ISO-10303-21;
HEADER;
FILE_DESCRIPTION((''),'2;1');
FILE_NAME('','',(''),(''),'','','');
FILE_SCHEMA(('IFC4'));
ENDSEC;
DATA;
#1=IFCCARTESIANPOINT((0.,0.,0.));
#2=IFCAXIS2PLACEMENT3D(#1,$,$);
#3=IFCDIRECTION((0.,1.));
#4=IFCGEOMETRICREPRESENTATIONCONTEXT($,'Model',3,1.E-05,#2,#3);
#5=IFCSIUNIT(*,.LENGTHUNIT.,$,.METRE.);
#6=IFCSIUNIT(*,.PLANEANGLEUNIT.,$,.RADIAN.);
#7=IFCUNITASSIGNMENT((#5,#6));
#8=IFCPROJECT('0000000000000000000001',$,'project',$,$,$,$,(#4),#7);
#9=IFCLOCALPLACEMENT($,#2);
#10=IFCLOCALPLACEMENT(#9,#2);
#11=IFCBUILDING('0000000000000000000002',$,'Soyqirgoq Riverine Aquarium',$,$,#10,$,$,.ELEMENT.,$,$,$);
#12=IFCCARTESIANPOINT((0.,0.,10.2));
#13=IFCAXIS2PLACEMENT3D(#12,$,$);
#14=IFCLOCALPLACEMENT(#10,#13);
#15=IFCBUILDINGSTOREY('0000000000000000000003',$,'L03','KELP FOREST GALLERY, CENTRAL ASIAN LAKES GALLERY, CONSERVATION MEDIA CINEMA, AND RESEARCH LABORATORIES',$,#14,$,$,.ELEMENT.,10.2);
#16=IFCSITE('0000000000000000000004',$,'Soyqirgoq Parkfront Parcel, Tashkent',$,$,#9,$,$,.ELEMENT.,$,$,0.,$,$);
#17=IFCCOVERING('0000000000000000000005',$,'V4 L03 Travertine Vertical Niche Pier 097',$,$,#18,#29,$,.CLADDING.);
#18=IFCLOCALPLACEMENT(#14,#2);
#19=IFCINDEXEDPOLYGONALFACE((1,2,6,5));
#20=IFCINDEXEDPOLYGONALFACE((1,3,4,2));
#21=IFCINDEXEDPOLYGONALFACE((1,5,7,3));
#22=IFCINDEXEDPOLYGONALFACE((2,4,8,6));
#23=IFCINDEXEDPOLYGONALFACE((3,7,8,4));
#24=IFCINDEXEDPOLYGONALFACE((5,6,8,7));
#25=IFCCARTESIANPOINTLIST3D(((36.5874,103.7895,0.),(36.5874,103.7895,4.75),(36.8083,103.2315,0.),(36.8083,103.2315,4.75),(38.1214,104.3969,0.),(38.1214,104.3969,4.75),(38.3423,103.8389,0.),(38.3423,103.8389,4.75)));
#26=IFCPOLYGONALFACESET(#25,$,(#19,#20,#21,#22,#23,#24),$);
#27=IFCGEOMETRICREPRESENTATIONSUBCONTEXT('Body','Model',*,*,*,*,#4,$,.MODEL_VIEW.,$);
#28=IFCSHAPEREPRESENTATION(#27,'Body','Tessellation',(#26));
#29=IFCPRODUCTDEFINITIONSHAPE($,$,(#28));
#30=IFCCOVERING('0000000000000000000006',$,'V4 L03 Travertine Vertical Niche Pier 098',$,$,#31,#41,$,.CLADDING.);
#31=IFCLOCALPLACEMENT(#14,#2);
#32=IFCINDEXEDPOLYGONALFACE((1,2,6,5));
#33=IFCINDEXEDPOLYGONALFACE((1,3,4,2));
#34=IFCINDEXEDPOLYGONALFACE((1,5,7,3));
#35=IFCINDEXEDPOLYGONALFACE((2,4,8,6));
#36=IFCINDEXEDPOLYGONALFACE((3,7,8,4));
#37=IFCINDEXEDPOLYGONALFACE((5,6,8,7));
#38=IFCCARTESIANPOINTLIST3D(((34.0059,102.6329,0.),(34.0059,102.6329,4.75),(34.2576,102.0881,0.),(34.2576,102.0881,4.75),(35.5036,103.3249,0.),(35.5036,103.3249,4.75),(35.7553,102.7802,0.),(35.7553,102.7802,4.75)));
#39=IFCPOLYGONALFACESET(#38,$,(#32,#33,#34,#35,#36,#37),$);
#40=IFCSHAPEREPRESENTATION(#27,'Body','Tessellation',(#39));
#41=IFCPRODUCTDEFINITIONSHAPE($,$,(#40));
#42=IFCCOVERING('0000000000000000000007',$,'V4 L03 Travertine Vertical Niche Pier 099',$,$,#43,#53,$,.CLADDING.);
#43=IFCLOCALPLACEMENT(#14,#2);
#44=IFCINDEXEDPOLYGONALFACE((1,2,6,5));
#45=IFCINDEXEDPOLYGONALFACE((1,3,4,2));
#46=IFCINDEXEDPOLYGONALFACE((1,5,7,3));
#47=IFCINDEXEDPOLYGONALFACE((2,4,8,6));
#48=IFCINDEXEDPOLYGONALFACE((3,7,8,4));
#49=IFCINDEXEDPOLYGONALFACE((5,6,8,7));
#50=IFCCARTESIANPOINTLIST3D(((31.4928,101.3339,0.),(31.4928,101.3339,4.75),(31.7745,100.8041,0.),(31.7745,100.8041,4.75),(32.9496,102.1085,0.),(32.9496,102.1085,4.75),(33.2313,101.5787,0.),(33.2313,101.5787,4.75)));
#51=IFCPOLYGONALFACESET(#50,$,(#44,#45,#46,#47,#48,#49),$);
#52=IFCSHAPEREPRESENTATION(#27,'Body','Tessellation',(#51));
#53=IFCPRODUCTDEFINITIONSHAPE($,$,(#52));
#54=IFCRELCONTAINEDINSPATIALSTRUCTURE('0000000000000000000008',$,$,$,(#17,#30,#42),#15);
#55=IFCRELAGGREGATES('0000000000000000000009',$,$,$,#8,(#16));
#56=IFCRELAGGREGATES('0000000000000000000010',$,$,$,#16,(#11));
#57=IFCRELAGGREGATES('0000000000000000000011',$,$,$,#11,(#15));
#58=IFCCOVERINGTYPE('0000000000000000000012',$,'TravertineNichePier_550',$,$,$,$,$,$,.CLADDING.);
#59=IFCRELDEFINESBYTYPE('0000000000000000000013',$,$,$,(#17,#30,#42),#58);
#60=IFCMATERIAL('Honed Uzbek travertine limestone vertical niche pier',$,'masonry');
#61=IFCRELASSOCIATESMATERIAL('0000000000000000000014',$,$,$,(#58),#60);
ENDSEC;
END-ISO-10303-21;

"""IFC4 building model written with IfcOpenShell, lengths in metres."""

from ifc_helpers import new_model, si_unit, direction, frame, origin, origin_2d, place, context, subcontext, project, spatial, rectangle, extrude, material, type_object, element, save


model = new_model("IFC4")

# Units and contexts
model_context = context("Model", 3, precision=1e-05, world=origin(), true_north=direction((0.0, 1.0)))
body_context = subcontext(model_context, "Body", "Model", "MODEL_VIEW")
ifc_project = project(units=[si_unit("LENGTHUNIT", "METRE"), si_unit("PLANEANGLEUNIT", "RADIAN")], contexts=[model_context])

# Site, building, storey
site_placement = place(None, origin())
site = spatial("IfcSite", under=ifc_project, at=site_placement, Name="Soyqirgoq Parkfront Parcel, Tashkent", CompositionType="ELEMENT", RefElevation=0.0)
building_placement = place(site_placement, origin())
building = spatial("IfcBuilding", under=site, at=building_placement, Name="Soyqirgoq Riverine Aquarium", CompositionType="ELEMENT")
storey_placement = place(building_placement, frame((0.0, 0.0, 10.2)))
storey = spatial("IfcBuildingStorey", under=building, at=storey_placement, Name="L03", Description="KELP FOREST GALLERY, CENTRAL ASIAN LAKES GALLERY, CONSERVATION MEDIA CINEMA, AND RESEARCH LABORATORIES", CompositionType="ELEMENT", Elevation=10.2)

# Coverings
ifc_material_1 = material(Name="Honed Uzbek travertine limestone vertical niche pier", Category="masonry")
covering_type_1 = type_object("IfcCoveringType", Name="TravertineNichePier_550", PredefinedType="CLADDING", material=ifc_material_1)
for number, where, z_axis, x_axis, name in (
    (1, (37.4648, 103.8142, 0.0), (0.0, 0.0, 1.0), (-0.368125, 0.929776, 0.0), "V4 L03 Travertine Vertical Niche Pier 097"),
    (2, (34.8806, 102.7065, 0.0), (0.0, 0.0, 1.0), (-0.419452, 0.907777, 0.0), "V4 L03 Travertine Vertical Niche Pier 098"),
    (3, (32.3621, 101.4563, 0.0), (0.0, 0.0, 1.0), (-0.469472, 0.882948, 0.0), "V4 L03 Travertine Vertical Niche Pier 099"),
):
    element("IfcCovering", number, at=place(storey_placement, frame(where, z_axis=z_axis, x_axis=x_axis)), inside=storey, type_object=covering_type_1, Name=name, PredefinedType="CLADDING", context=body_context, shape_type="SweptSolid", body=[
        extrude(rectangle(XDim=0.6001, YDim=1.6499, at=origin_2d()), origin(), (0.0, 0.0, 1.0), 4.75),
    ])

save(model, "model.ifc")
